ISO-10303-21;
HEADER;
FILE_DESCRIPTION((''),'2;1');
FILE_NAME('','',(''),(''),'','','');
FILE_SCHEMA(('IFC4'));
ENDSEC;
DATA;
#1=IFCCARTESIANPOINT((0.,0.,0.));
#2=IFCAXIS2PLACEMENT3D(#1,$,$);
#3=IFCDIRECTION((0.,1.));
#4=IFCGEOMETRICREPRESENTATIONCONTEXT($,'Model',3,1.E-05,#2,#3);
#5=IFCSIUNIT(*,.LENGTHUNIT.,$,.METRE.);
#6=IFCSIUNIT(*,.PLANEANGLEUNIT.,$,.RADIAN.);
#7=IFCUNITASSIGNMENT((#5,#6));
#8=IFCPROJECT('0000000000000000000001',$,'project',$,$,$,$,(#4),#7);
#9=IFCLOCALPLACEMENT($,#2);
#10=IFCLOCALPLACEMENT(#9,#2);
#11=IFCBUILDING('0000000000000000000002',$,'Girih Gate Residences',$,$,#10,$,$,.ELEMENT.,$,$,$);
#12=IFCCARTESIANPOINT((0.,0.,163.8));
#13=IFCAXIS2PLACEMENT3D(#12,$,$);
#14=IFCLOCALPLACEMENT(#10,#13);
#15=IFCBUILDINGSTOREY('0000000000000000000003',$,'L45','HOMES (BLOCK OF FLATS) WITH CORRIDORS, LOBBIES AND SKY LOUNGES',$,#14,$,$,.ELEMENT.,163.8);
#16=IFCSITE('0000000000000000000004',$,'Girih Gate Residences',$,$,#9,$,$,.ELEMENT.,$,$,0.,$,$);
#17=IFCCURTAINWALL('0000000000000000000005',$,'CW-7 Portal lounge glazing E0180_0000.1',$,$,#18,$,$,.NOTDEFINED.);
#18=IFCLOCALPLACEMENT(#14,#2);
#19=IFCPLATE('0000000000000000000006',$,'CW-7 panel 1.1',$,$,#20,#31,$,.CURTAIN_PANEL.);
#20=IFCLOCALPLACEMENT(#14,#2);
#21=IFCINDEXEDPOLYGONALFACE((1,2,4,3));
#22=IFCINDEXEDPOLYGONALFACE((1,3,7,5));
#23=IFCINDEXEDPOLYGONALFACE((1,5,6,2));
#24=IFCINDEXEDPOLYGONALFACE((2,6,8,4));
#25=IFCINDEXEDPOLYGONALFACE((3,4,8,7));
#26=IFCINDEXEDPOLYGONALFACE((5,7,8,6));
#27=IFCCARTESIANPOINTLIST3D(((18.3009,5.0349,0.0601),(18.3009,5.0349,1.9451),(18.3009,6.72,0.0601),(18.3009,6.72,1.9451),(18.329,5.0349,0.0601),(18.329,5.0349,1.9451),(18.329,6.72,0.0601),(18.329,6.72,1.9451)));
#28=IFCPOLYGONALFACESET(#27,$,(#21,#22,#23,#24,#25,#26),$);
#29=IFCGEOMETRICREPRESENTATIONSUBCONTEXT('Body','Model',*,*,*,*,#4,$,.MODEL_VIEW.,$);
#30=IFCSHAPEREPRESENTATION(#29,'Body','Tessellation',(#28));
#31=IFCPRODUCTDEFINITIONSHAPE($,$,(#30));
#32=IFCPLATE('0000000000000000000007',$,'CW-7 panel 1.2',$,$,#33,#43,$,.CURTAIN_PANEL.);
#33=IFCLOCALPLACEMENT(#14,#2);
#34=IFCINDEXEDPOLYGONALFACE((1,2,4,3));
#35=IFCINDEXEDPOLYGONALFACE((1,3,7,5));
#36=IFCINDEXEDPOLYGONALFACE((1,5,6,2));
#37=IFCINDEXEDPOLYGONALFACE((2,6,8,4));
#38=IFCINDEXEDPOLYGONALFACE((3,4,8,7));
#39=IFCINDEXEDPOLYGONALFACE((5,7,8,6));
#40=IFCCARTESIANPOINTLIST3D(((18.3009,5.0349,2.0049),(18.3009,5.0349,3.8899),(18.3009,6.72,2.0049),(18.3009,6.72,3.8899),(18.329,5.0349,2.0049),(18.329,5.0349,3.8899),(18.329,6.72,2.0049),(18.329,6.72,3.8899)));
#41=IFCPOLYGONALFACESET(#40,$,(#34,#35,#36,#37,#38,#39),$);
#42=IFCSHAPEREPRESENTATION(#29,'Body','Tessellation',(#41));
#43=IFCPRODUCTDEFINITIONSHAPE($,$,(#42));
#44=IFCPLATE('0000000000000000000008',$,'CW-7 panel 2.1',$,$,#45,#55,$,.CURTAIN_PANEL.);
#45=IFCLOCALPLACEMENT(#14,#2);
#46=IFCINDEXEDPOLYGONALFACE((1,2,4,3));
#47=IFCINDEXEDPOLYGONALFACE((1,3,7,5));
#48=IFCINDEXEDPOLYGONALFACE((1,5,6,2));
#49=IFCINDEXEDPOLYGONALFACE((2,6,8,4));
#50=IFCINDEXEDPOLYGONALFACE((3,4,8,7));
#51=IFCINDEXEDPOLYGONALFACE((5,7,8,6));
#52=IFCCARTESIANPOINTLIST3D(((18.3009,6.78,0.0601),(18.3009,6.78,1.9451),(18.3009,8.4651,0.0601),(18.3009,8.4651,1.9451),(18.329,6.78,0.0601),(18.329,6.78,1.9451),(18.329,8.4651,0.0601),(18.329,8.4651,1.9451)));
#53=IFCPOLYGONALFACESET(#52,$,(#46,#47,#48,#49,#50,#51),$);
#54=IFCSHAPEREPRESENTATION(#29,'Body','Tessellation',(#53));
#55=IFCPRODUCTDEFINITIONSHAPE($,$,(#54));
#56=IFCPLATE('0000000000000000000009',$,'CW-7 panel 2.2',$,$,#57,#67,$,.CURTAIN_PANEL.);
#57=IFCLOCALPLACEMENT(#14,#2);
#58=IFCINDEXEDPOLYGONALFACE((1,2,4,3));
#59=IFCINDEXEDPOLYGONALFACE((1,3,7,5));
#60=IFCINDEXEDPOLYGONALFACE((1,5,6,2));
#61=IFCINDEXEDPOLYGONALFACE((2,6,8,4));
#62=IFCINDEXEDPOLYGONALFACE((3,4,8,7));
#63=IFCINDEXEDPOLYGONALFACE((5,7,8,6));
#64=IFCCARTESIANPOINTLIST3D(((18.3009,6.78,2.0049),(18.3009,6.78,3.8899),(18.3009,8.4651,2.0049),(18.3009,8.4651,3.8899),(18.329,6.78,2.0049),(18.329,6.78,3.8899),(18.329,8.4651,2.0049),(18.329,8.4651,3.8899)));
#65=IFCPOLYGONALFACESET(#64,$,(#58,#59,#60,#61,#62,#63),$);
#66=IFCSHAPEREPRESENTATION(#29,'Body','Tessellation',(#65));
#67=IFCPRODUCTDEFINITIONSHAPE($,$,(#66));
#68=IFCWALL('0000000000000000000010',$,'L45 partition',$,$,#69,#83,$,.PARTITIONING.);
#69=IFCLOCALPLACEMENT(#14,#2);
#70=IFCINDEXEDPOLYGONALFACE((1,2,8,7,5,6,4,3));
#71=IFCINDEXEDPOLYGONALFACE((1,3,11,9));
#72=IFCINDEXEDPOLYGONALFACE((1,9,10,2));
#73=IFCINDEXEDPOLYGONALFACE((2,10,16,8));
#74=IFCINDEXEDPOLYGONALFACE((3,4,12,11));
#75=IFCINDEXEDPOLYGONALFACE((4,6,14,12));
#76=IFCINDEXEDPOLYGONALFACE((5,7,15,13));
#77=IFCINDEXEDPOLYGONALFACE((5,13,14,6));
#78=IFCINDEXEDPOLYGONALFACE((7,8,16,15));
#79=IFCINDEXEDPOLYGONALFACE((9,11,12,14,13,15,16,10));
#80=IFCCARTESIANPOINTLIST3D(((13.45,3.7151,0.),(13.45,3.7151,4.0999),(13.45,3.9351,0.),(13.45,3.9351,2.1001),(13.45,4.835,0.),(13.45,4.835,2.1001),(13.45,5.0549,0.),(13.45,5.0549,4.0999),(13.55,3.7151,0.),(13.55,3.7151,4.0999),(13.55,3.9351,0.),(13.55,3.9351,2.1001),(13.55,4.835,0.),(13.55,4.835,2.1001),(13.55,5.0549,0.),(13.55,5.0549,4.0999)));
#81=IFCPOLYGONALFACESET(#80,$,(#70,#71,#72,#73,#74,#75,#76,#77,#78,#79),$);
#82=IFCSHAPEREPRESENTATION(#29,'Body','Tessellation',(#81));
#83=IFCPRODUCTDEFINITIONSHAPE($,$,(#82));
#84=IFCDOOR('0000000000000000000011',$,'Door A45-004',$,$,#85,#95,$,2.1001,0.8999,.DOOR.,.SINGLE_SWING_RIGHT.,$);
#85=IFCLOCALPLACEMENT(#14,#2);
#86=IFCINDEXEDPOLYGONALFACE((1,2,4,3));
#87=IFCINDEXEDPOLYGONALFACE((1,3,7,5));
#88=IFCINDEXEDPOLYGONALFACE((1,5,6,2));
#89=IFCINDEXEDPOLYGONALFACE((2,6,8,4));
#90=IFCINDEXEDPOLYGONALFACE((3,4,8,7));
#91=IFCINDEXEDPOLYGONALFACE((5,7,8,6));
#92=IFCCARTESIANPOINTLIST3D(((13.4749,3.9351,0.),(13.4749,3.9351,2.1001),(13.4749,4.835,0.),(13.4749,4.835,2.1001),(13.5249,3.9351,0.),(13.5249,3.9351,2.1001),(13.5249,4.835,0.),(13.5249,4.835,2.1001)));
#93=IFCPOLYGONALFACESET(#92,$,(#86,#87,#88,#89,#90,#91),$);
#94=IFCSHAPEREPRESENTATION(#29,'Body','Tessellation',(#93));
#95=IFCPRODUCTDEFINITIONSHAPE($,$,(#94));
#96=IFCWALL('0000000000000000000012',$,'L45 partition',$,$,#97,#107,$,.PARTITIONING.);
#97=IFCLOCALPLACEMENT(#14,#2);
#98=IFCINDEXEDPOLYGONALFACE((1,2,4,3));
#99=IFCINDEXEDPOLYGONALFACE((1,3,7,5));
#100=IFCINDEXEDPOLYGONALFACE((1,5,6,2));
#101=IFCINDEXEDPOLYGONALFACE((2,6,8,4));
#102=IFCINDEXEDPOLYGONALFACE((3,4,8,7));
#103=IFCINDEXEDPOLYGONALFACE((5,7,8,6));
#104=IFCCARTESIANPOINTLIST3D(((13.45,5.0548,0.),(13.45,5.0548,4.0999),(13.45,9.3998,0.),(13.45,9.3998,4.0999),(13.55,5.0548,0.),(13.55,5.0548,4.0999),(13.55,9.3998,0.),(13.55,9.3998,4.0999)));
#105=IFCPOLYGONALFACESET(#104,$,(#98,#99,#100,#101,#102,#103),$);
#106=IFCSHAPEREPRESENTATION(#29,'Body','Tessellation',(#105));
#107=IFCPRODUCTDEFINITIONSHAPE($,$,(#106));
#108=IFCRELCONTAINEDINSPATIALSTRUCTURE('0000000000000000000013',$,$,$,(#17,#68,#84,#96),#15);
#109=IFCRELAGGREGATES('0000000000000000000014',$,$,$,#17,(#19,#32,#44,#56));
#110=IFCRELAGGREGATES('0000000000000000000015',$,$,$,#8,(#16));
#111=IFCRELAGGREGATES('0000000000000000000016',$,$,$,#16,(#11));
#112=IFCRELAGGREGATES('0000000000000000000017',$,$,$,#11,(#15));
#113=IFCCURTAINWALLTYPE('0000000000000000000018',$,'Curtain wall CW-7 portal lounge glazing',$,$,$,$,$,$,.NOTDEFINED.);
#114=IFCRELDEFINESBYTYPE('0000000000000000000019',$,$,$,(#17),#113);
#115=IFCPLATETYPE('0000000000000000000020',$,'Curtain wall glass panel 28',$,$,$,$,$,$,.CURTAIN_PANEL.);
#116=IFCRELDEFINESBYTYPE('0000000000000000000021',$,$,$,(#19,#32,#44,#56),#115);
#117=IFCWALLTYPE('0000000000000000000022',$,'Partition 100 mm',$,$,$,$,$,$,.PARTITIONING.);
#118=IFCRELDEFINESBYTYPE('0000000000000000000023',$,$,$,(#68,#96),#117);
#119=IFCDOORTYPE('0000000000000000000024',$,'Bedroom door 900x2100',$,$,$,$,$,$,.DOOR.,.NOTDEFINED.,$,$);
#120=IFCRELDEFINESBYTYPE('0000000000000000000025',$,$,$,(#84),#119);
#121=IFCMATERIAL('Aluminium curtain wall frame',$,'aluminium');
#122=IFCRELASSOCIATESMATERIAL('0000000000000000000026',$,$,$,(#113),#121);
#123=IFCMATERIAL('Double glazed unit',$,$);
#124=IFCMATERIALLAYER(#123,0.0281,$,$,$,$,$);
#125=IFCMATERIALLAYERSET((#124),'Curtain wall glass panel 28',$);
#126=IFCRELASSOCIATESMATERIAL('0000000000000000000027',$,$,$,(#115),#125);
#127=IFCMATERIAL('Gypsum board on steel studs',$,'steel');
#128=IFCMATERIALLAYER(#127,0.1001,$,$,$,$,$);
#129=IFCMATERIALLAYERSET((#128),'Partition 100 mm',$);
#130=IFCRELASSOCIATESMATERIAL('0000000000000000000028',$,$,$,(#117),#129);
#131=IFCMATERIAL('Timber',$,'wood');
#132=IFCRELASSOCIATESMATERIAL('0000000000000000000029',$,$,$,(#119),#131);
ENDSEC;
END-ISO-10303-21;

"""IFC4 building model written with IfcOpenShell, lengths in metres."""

from ifc_helpers import new_model, si_unit, direction, frame, frame_2d, origin, origin_2d, place, context, subcontext, project, spatial, rectangle, extrude, material, layer, layer_set, type_object, element, fill, aggregate, save


model = new_model("IFC4")

# Units and contexts
model_context = context("Model", 3, precision=1e-05, world=origin(), true_north=direction((0.0, 1.0)))
body_context = subcontext(model_context, "Body", "Model", "MODEL_VIEW")
ifc_project = project(units=[si_unit("LENGTHUNIT", "METRE"), si_unit("PLANEANGLEUNIT", "RADIAN")], contexts=[model_context])

# Site, building, storey
site_placement = place(None, origin())
site = spatial("IfcSite", under=ifc_project, at=site_placement, Name="Girih Gate Residences", CompositionType="ELEMENT", RefElevation=0.0)
building_placement = place(site_placement, origin())
building = spatial("IfcBuilding", under=site, at=building_placement, Name="Girih Gate Residences", CompositionType="ELEMENT")
storey_placement = place(building_placement, frame((0.0, 0.0, 163.8)))
storey = spatial("IfcBuildingStorey", under=building, at=storey_placement, Name="L45", Description="HOMES (BLOCK OF FLATS) WITH CORRIDORS, LOBBIES AND SKY LOUNGES", CompositionType="ELEMENT", Elevation=163.8)

# Curtain wall
ifc_material_1 = material(Name="Aluminium curtain wall frame", Category="aluminium")
curtain_wall_type = type_object("IfcCurtainWallType", Name="Curtain wall CW-7 portal lounge glazing", PredefinedType="NOTDEFINED", material=ifc_material_1)
curtain_wall_1_placement = place(storey_placement, origin())
curtain_wall_1 = element("IfcCurtainWall", 1, at=curtain_wall_1_placement, inside=storey, type_object=curtain_wall_type, Name="CW-7 Portal lounge glazing E0180_0000.1", PredefinedType="NOTDEFINED")

# Plates
ifc_material_2 = material(Name="Double glazed unit")
ifc_layer_1 = layer(ifc_material_2, 0.0281)
ifc_layer_set_1 = layer_set([ifc_layer_1], Name="Curtain wall glass panel 28")
plate_type = type_object("IfcPlateType", Name="Curtain wall glass panel 28", PredefinedType="CURTAIN_PANEL", material=ifc_layer_set_1)
plate_1_placement = place(storey_placement, frame((18.3149, 5.8774, 0.0601), z_axis=(0.0, 0.0, 1.0), x_axis=(0.0, 1.0, 0.0)))
plate_1 = element("IfcPlate", 2, at=plate_1_placement, type_object=plate_type, Name="CW-7 panel 1.1", PredefinedType="CURTAIN_PANEL", context=body_context, shape_type="SweptSolid", body=[
    extrude(rectangle(XDim=1.6851, YDim=0.0281, at=origin_2d()), origin(), (0.0, 0.0, 1.0), 1.885),
])
plate_2_placement = place(storey_placement, frame((18.3149, 5.8774, 2.0049), z_axis=(0.0, 0.0, 1.0), x_axis=(0.0, 1.0, 0.0)))
plate_2 = element("IfcPlate", 3, at=plate_2_placement, type_object=plate_type, Name="CW-7 panel 1.2", PredefinedType="CURTAIN_PANEL", context=body_context, shape_type="SweptSolid", body=[
    extrude(rectangle(XDim=1.6851, YDim=0.0281, at=origin_2d()), origin(), (0.0, 0.0, 1.0), 1.885),
])
plate_3_placement = place(storey_placement, frame((18.3149, 7.6226, 0.0601), z_axis=(0.0, 0.0, 1.0), x_axis=(0.0, 1.0, 0.0)))
plate_3 = element("IfcPlate", 4, at=plate_3_placement, type_object=plate_type, Name="CW-7 panel 2.1", PredefinedType="CURTAIN_PANEL", context=body_context, shape_type="SweptSolid", body=[
    extrude(rectangle(XDim=1.6851, YDim=0.0281, at=origin_2d()), origin(), (0.0, 0.0, 1.0), 1.885),
])
plate_4_placement = place(storey_placement, frame((18.3149, 7.6226, 2.0049), z_axis=(0.0, 0.0, 1.0), x_axis=(0.0, 1.0, 0.0)))
plate_4 = element("IfcPlate", 5, at=plate_4_placement, type_object=plate_type, Name="CW-7 panel 2.2", PredefinedType="CURTAIN_PANEL", context=body_context, shape_type="SweptSolid", body=[
    extrude(rectangle(XDim=1.6851, YDim=0.0281, at=origin_2d()), origin(), (0.0, 0.0, 1.0), 1.885),
])
aggregate(curtain_wall_1, [plate_1, plate_2, plate_3, plate_4])

# Wall, opening, door
ifc_material_3 = material(Name="Gypsum board on steel studs", Category="steel")
ifc_layer_2 = layer(ifc_material_3, 0.1001)
ifc_layer_set_2 = layer_set([ifc_layer_2], Name="Partition 100 mm")
wall_type = type_object("IfcWallType", Name="Partition 100 mm", PredefinedType="PARTITIONING", material=ifc_layer_set_2)
wall_1_placement = place(storey_placement, frame((13.5, 5.0549, 0.0), z_axis=(0.0, 0.0, 1.0), x_axis=(0.0, -1.0, 0.0)))
wall_1 = element("IfcWall", 6, at=wall_1_placement, inside=storey, type_object=wall_type, Name="L45 partition", PredefinedType="PARTITIONING", context=body_context, shape_type="SweptSolid", body=[
    extrude(rectangle(XDim=1.3398, YDim=0.1001, at=frame_2d((0.6699, 0.0))), origin(), (0.0, 0.0, 1.0), 4.0999),
])
opening_placement = place(wall_1_placement, frame((0.22, 0.0, 0.0)))
opening = element("IfcOpeningElement", 7, at=opening_placement, cuts=wall_1, PredefinedType="OPENING", context=body_context, shape_type="SweptSolid", body=[
    extrude(rectangle(XDim=0.8999, YDim=2.1001, at=frame_2d((0.45, 1.05))), frame((0.0, 0.0601, 0.0), z_axis=(0.0, -1.0, 0.0), x_axis=(1.0, 0.0, 0.0)), (0.0, 0.0, 1.0), 0.1201),
])
ifc_material_4 = material(Name="Timber", Category="wood")
door_type = type_object("IfcDoorType", Name="Bedroom door 900x2100", OperationType="NOTDEFINED", PredefinedType="DOOR", material=ifc_material_4)
door_placement = place(opening_placement, origin())
door = element("IfcDoor", 8, at=door_placement, inside=storey, type_object=door_type, Name="Door A45-004", OperationType="SINGLE_SWING_RIGHT", OverallHeight=2.1001, OverallWidth=0.8999, PredefinedType="DOOR", context=body_context, shape_type="SweptSolid", body=[
    extrude(rectangle(XDim=0.8999, YDim=2.1001, at=frame_2d((0.45, 1.05))), frame((0.0, 0.0249, 0.0), z_axis=(0.0, -1.0, 0.0), x_axis=(1.0, 0.0, 0.0)), (0.0, 0.0, 1.0), 0.05),
])
fill(opening, door)

# Wall
wall_2_placement = place(storey_placement, frame((13.5, 5.0549, 0.0), z_axis=(0.0, 0.0, 1.0), x_axis=(0.0, 1.0, 0.0)))
element("IfcWall", 9, at=wall_2_placement, inside=storey, type_object=wall_type, Name="L45 partition", PredefinedType="PARTITIONING", context=body_context, shape_type="SweptSolid", body=[
    extrude(rectangle(XDim=4.345, YDim=0.1001, at=frame_2d((2.1724, 0.0))), origin(), (0.0, 0.0, 1.0), 4.0999),
])

save(model, "model.ifc")
